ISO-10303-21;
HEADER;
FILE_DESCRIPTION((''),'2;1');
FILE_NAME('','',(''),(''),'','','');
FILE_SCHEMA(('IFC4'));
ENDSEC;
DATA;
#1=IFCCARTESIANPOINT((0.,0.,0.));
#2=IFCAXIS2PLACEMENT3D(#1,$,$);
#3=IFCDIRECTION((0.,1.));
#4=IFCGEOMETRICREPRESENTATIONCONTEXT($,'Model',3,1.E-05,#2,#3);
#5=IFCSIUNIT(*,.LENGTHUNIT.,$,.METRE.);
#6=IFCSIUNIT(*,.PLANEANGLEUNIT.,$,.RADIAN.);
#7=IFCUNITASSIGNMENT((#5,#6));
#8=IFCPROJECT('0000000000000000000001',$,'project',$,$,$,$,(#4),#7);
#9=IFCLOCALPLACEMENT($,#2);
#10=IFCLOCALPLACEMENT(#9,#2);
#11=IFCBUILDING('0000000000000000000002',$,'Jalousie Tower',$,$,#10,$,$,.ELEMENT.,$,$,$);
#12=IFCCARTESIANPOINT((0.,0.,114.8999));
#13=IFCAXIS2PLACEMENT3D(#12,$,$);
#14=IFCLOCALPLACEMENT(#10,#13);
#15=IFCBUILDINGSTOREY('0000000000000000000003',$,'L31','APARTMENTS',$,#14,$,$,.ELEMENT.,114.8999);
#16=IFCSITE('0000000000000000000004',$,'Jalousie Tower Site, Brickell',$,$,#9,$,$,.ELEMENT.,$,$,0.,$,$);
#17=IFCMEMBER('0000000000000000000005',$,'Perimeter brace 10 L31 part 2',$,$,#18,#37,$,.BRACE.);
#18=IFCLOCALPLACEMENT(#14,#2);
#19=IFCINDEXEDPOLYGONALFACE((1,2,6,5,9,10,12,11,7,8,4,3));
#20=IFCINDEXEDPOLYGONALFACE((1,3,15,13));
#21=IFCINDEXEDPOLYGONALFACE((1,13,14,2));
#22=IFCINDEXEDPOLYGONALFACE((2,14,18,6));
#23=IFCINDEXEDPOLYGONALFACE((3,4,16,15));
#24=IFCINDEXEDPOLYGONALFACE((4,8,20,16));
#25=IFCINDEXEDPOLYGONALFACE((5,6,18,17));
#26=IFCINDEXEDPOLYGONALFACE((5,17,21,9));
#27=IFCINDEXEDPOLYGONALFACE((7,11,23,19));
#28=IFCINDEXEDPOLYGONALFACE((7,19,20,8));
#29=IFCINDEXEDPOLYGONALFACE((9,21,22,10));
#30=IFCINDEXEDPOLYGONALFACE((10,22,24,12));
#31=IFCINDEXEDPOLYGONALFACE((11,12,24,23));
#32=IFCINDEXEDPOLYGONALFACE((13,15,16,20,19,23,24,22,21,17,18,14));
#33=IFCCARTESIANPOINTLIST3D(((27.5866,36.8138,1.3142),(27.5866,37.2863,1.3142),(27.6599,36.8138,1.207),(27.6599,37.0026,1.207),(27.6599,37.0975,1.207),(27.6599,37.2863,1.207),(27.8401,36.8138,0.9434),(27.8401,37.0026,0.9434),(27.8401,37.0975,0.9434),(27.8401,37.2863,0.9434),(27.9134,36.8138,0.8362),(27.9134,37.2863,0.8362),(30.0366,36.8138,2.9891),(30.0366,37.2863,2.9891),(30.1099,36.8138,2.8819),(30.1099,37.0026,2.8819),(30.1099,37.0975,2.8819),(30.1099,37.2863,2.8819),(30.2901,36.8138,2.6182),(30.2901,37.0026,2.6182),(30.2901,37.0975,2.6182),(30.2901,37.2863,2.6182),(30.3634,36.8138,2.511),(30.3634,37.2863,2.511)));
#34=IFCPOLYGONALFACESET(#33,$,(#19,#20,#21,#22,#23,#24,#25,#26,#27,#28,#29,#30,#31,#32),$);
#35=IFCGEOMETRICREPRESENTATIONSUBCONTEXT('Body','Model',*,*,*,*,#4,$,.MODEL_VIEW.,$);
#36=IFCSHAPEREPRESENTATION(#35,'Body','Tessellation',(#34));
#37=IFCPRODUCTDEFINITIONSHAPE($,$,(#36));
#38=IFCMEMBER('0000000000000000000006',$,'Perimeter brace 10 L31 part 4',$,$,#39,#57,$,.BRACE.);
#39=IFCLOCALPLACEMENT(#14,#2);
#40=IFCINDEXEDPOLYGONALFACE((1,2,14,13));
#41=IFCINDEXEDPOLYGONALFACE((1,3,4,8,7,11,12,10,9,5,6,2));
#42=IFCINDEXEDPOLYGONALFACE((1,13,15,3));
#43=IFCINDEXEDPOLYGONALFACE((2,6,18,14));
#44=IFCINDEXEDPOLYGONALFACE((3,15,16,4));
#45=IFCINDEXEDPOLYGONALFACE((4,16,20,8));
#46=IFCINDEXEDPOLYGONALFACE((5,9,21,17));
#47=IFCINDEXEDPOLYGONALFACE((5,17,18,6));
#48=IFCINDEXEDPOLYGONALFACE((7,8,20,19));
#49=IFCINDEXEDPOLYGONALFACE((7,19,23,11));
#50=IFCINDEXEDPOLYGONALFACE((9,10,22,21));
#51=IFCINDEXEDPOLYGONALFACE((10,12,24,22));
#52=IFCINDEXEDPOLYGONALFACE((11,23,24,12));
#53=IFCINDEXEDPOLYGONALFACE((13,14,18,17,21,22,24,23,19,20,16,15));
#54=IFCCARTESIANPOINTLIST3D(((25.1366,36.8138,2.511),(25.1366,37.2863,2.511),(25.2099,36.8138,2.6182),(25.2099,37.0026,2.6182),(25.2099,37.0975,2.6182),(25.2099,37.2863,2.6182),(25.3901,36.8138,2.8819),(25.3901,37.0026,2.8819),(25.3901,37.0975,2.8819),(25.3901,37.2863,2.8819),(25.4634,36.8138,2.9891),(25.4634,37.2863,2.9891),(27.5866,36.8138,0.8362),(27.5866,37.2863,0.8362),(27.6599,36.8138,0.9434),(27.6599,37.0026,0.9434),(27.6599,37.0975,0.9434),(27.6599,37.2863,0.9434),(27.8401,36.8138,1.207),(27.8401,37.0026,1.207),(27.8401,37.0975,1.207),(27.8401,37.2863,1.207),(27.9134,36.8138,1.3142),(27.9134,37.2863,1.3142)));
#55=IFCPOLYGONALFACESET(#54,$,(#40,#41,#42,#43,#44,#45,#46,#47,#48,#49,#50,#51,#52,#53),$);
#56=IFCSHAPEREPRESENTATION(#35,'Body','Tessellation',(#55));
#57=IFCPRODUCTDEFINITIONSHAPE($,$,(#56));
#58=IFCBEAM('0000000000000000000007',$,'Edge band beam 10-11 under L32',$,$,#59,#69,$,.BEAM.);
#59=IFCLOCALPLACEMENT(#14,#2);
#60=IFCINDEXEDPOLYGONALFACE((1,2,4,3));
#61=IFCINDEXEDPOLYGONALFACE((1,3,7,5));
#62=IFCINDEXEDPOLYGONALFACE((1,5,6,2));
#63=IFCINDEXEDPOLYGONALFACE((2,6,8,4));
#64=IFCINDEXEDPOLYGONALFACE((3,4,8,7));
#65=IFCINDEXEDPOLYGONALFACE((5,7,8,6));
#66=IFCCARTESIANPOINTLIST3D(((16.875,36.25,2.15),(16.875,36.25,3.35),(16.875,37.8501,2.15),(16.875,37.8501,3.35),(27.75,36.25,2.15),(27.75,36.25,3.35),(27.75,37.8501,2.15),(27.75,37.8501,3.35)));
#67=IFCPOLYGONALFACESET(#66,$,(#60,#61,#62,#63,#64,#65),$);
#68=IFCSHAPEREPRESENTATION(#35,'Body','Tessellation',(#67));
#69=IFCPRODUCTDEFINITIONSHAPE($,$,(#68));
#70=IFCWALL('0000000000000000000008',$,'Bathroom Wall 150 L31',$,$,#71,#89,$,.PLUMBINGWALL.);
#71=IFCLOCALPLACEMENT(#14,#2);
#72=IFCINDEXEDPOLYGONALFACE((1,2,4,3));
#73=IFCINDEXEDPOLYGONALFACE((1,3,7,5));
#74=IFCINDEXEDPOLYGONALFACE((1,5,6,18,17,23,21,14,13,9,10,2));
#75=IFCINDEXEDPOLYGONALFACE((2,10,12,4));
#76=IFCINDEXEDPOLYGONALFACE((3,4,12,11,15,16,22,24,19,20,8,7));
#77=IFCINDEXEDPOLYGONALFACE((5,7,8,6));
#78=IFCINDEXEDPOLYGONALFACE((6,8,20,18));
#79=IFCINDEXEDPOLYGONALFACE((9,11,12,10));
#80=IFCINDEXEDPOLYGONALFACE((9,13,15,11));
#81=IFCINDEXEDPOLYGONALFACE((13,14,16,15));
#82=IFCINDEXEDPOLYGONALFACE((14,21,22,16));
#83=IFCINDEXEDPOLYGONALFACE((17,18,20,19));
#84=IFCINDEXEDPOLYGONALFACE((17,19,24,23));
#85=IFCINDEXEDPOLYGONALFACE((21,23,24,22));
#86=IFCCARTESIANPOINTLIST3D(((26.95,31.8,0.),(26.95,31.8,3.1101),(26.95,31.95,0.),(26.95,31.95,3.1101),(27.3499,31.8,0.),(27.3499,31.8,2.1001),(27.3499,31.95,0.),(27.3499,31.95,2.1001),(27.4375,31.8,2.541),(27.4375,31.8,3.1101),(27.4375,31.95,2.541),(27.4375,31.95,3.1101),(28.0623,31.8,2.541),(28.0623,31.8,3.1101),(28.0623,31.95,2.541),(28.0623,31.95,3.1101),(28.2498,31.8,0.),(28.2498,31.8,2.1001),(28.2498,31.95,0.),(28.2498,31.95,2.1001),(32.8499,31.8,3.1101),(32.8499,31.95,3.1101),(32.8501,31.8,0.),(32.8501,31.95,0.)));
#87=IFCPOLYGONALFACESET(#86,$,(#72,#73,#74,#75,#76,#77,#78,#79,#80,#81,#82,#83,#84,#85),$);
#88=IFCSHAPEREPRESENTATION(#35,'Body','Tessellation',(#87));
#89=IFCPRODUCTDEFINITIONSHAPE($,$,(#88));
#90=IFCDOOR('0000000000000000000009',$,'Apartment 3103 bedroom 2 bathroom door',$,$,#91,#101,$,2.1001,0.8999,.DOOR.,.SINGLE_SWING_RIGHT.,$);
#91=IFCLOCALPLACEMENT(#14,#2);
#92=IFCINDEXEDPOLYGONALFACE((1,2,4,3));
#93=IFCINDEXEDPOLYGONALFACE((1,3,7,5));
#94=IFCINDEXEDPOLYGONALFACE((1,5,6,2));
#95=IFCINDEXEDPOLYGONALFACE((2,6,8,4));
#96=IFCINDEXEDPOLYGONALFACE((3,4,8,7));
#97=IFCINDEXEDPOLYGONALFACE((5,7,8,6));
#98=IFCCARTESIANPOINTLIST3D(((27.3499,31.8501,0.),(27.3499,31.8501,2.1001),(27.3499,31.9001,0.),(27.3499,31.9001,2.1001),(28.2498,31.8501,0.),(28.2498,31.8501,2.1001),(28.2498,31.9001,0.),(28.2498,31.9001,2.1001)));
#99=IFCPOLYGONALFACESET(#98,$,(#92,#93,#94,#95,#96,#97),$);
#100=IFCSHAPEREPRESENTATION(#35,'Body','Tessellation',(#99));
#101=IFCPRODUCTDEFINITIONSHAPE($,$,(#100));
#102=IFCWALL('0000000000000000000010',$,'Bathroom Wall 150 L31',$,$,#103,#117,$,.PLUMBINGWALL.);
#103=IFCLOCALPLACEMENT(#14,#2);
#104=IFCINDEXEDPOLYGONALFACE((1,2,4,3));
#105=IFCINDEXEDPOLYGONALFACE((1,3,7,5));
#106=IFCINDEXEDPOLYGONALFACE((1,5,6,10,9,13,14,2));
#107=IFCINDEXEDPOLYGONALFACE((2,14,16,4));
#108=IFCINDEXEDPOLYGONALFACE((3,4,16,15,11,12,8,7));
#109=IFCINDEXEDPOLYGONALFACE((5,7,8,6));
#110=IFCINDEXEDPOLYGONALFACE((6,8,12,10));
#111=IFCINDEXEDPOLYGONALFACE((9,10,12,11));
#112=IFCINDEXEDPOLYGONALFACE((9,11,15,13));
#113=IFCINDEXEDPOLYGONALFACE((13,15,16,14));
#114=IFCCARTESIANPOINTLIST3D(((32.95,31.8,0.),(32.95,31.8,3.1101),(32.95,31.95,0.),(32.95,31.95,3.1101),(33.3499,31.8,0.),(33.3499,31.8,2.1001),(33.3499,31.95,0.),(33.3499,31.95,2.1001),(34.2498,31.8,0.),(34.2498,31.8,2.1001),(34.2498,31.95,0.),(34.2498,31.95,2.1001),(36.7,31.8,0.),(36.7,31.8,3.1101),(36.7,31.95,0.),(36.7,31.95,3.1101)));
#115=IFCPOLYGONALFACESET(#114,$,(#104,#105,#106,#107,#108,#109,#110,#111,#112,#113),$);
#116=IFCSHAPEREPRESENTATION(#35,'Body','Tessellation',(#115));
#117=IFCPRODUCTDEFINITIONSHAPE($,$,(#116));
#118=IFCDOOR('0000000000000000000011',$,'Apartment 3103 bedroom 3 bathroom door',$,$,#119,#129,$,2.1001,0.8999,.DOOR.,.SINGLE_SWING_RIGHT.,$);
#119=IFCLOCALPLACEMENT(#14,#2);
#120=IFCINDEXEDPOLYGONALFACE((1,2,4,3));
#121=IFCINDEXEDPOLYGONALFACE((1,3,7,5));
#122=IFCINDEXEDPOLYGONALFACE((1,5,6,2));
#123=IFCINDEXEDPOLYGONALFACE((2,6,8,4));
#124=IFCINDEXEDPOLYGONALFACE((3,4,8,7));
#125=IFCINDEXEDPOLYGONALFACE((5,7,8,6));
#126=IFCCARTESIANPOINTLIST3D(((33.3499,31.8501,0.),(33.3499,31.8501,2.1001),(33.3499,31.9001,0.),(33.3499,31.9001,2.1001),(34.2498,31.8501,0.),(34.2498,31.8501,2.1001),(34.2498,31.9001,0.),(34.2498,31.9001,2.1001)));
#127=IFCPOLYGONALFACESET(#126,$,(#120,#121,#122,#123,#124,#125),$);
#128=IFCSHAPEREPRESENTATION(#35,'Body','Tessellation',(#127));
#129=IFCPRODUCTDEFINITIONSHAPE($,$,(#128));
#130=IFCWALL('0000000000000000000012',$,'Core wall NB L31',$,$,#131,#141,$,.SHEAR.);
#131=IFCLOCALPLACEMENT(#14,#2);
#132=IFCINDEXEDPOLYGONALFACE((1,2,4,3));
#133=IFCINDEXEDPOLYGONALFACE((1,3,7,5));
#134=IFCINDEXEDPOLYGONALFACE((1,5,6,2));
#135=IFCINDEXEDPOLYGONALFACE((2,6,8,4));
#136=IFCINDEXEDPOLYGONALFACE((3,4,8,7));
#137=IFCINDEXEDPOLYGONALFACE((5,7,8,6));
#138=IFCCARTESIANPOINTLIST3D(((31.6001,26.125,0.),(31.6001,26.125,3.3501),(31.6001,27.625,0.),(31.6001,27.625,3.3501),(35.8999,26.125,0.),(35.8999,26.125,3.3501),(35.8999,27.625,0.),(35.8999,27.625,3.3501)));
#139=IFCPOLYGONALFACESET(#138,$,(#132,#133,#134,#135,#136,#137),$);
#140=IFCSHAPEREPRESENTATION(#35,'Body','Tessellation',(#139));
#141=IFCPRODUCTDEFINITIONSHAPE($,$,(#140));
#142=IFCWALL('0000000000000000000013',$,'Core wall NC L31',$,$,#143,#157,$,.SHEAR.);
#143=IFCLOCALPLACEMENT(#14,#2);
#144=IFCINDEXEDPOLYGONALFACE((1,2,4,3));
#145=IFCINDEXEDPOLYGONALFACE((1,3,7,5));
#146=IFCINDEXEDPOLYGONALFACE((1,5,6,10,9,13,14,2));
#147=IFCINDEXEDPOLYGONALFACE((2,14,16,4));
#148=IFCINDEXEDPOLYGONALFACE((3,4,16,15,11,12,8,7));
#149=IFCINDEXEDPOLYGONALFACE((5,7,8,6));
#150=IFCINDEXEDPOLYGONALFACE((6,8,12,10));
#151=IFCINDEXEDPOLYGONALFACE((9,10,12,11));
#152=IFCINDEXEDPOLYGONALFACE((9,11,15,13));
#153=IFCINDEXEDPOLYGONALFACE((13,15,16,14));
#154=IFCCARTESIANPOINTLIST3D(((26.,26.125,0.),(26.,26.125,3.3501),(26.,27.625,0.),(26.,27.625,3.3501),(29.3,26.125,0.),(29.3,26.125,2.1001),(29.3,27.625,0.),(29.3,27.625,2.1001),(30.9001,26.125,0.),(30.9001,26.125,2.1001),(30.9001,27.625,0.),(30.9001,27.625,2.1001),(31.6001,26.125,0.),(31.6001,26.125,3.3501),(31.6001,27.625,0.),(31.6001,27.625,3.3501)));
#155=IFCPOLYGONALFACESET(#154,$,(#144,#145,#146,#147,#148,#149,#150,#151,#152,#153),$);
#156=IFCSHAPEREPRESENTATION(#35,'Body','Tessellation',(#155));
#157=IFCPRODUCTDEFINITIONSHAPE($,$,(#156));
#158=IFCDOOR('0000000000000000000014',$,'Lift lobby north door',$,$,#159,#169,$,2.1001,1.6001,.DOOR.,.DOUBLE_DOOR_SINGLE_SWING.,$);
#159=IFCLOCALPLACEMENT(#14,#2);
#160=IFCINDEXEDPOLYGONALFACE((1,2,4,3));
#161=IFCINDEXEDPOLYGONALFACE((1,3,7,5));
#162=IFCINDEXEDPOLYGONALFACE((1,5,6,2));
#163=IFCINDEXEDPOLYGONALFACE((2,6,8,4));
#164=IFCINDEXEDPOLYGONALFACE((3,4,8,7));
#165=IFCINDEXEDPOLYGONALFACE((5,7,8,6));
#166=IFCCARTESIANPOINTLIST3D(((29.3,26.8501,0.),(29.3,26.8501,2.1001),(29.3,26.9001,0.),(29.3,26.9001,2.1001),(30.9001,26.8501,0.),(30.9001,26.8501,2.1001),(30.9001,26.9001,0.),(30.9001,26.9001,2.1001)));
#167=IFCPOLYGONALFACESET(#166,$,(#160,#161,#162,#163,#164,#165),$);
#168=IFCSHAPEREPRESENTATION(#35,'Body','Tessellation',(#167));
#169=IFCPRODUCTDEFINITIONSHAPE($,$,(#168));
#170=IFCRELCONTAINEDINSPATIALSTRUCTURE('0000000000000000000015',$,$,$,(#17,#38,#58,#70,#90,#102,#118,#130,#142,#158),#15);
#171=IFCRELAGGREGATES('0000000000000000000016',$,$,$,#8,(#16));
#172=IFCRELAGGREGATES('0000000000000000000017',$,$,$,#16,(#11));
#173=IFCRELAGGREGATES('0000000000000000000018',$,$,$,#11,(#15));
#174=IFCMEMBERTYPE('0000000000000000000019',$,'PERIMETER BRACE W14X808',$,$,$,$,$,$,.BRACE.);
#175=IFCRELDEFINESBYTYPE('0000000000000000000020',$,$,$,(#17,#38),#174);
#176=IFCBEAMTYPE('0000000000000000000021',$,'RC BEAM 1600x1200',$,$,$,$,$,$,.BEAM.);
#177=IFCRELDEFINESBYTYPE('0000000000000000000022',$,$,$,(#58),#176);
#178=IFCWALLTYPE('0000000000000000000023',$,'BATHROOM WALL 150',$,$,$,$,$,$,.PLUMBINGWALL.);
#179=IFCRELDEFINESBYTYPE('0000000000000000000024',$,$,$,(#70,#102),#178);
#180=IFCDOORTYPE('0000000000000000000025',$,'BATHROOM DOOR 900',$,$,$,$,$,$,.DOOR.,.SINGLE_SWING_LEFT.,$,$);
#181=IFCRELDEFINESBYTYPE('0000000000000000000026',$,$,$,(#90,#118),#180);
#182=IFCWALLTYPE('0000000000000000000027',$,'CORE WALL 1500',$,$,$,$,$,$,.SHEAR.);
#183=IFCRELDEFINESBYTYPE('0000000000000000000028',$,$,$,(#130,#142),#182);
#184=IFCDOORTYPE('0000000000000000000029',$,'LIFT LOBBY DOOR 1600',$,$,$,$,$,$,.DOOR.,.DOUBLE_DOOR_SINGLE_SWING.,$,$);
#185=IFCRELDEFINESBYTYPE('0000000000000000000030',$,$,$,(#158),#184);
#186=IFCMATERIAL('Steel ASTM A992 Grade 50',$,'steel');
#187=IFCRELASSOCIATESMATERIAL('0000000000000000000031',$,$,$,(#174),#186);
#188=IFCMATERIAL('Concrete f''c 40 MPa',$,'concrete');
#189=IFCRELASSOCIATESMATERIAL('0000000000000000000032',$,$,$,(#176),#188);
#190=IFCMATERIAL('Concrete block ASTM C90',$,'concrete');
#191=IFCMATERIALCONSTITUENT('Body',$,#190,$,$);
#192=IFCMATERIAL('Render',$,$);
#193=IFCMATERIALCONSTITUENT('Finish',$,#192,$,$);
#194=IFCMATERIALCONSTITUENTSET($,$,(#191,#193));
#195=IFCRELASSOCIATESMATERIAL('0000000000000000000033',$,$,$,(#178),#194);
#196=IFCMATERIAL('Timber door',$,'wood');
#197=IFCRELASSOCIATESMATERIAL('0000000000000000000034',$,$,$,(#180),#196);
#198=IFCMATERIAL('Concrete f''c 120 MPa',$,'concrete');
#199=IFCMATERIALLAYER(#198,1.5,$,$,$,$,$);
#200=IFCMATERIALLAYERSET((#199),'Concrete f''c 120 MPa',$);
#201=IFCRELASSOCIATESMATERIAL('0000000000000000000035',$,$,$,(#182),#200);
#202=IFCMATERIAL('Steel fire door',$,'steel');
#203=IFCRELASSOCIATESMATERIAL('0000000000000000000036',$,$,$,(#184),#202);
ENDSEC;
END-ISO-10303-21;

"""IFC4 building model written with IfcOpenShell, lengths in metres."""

from ifc_helpers import new_model, si_unit, direction, frame, frame_2d, origin, origin_2d, place, context, subcontext, project, spatial, polyline, rectangle, i_section, outline, extrude, material, layer, layer_set, constituent, constituent_set, material_profile, profile_set, type_object, element, fill, save


model = new_model("IFC4")

# Units and contexts
model_context = context("Model", 3, precision=1e-05, world=origin(), true_north=direction((0.0, 1.0)))
body_context = subcontext(model_context, "Body", "Model", "MODEL_VIEW")
ifc_project = project(units=[si_unit("LENGTHUNIT", "METRE"), si_unit("PLANEANGLEUNIT", "RADIAN")], contexts=[model_context])

# Site, building, storey
site_placement = place(None, origin())
site = spatial("IfcSite", under=ifc_project, at=site_placement, Name="Jalousie Tower Site, Brickell", CompositionType="ELEMENT", RefElevation=0.0)
building_placement = place(site_placement, origin())
building = spatial("IfcBuilding", under=site, at=building_placement, Name="Jalousie Tower", CompositionType="ELEMENT")
storey_placement = place(building_placement, frame((0.0, 0.0, 114.8999)))
storey = spatial("IfcBuildingStorey", under=building, at=storey_placement, Name="L31", Description="APARTMENTS", CompositionType="ELEMENT", Elevation=114.8999)

# Members
ifc_material_1 = material(Name="Steel ASTM A992 Grade 50", Category="steel")
ifc_material_profile_1 = material_profile(ifc_material_1, i_section(OverallWidth=0.4724, OverallDepth=0.5791, WebThickness=0.095, FlangeThickness=0.1299, at=origin_2d()), Name="W14X808")
ifc_profile_set_1 = profile_set([ifc_material_profile_1], Name="Steel ASTM A992 Grade 50")
member_type = type_object("IfcMemberType", Name="PERIMETER BRACE W14X808", PredefinedType="BRACE", material=ifc_profile_set_1)
for number, where, z_axis, x_axis, name in (
    (1, (27.75, 37.05, 1.0752), (0.825539, 0.0, 0.564345), (0.0, 1.0, 0.0), "Perimeter brace 10 L31 part 2"),
    (2, (27.75, 37.05, 1.0752), (-0.825539, 0.0, 0.564345), (0.0, -1.0, 0.0), "Perimeter brace 10 L31 part 4"),
):
    element("IfcMember", number, at=place(storey_placement, frame(where, z_axis=z_axis, x_axis=x_axis)), inside=storey, type_object=member_type, Name=name, PredefinedType="BRACE", context=body_context, shape_type="SweptSolid", body=[
        extrude(i_section(OverallWidth=0.4724, OverallDepth=0.5791, WebThickness=0.095, FlangeThickness=0.1299, at=origin_2d()), origin(), (0.0, 0.0, 1.0), 2.9678),
    ])

# Beam
ifc_material_2 = material(Name="Concrete f'c 40 MPa", Category="concrete")
ifc_material_profile_2 = material_profile(ifc_material_2, rectangle(XDim=1.6001, YDim=1.2, at=origin_2d()), Name="RC 1600x1200")
ifc_profile_set_2 = profile_set([ifc_material_profile_2], Name="Concrete f'c 40 MPa")
beam_type = type_object("IfcBeamType", Name="RC BEAM 1600x1200", PredefinedType="BEAM", material=ifc_profile_set_2)
beam_placement = place(storey_placement, frame((27.75, 37.05, 2.75), z_axis=(-1.0, 0.0, 0.0), x_axis=(0.0, -1.0, 0.0)))
element("IfcBeam", 3, at=beam_placement, inside=storey, type_object=beam_type, Name="Edge band beam 10-11 under L32", PredefinedType="BEAM", context=body_context, shape_type="SweptSolid", body=[
    extrude(rectangle(XDim=1.6001, YDim=1.2, at=origin_2d()), origin(), (0.0, 0.0, 1.0), 10.875),
])

# Walls, openings, doors
ifc_material_3 = material(Name="Concrete block ASTM C90", Category="concrete")
ifc_constituent_1 = constituent(ifc_material_3, Name="Body")
ifc_material_4 = material(Name="Render")
ifc_constituent_2 = constituent(ifc_material_4, Name="Finish")
ifc_constituent_set_1 = constituent_set(constituents=[ifc_constituent_1, ifc_constituent_2])
wall_type_1 = type_object("IfcWallType", Name="BATHROOM WALL 150", PredefinedType="PLUMBINGWALL", material=ifc_constituent_set_1)
wall_1_placement = place(storey_placement, frame((26.95, 31.875, 0.0), z_axis=(0.0, 0.0, 1.0), x_axis=(1.0, 0.0, 0.0)))
wall_1 = element("IfcWall", 4, at=wall_1_placement, inside=storey, type_object=wall_type_1, Name="Bathroom Wall 150 L31", PredefinedType="PLUMBINGWALL", context=body_context, shape_type="SweptSolid", body=[
    extrude(outline(polyline([(0.0, 0.0), (5.9001, 0.0), (5.8999, 3.1101), (1.1123, 3.1101), (1.1123, 2.541), (0.4875, 2.541), (0.4875, 3.1101), (0.0, 3.1101), (0.0, 0.0)])), frame((0.0, 0.075, 0.0), z_axis=(0.0, -1.0, 0.0), x_axis=(1.0, 0.0, 0.0)), (0.0, 0.0, 1.0), 0.1499),
])
opening_1_placement = place(wall_1_placement, frame((0.3999, 0.0, 0.0)))
opening_1 = element("IfcOpeningElement", 5, at=opening_1_placement, cuts=wall_1, PredefinedType="OPENING", context=body_context, shape_type="SweptSolid", body=[
    extrude(rectangle(XDim=0.8999, YDim=2.1001, at=frame_2d((0.45, 1.05))), frame((0.0, 0.085, 0.0), z_axis=(0.0, -1.0, 0.0), x_axis=(1.0, 0.0, 0.0)), (0.0, 0.0, 1.0), 0.1699),
])
ifc_material_5 = material(Name="Timber door", Category="wood")
door_type_1 = type_object("IfcDoorType", Name="BATHROOM DOOR 900", OperationType="SINGLE_SWING_LEFT", PredefinedType="DOOR", material=ifc_material_5)
door_1_placement = place(opening_1_placement, frame((0.8999, 0.0, 0.0), z_axis=(0.0, 0.0, 1.0), x_axis=(-1.0, 0.0, 0.0)))
door_1 = element("IfcDoor", 6, at=door_1_placement, inside=storey, type_object=door_type_1, Name="Apartment 3103 bedroom 2 bathroom door", OperationType="SINGLE_SWING_RIGHT", OverallHeight=2.1001, OverallWidth=0.8999, PredefinedType="DOOR", context=body_context, shape_type="SweptSolid", body=[
    extrude(rectangle(XDim=0.8999, YDim=2.1001, at=frame_2d((0.45, 1.05))), frame((0.0, 0.0249, 0.0), z_axis=(0.0, -1.0, 0.0), x_axis=(1.0, 0.0, 0.0)), (0.0, 0.0, 1.0), 0.05),
])
fill(opening_1, door_1)
wall_2_placement = place(storey_placement, frame((32.95, 31.875, 0.0), z_axis=(0.0, 0.0, 1.0), x_axis=(1.0, 0.0, 0.0)))
wall_2 = element("IfcWall", 7, at=wall_2_placement, inside=storey, type_object=wall_type_1, Name="Bathroom Wall 150 L31", PredefinedType="PLUMBINGWALL", context=body_context, shape_type="SweptSolid", body=[
    extrude(rectangle(XDim=3.75, YDim=0.1499, at=frame_2d((1.875, 0.0))), origin(), (0.0, 0.0, 1.0), 3.1101),
])
opening_2_placement = place(wall_2_placement, frame((0.3999, 0.0, 0.0)))
opening_2 = element("IfcOpeningElement", 8, at=opening_2_placement, cuts=wall_2, PredefinedType="OPENING", context=body_context, shape_type="SweptSolid", body=[
    extrude(rectangle(XDim=0.8999, YDim=2.1001, at=frame_2d((0.45, 1.05))), frame((0.0, 0.085, 0.0), z_axis=(0.0, -1.0, 0.0), x_axis=(1.0, 0.0, 0.0)), (0.0, 0.0, 1.0), 0.1699),
])
door_2_placement = place(opening_2_placement, frame((0.8999, 0.0, 0.0), z_axis=(0.0, 0.0, 1.0), x_axis=(-1.0, 0.0, 0.0)))
door_2 = element("IfcDoor", 9, at=door_2_placement, inside=storey, type_object=door_type_1, Name="Apartment 3103 bedroom 3 bathroom door", OperationType="SINGLE_SWING_RIGHT", OverallHeight=2.1001, OverallWidth=0.8999, PredefinedType="DOOR", context=body_context, shape_type="SweptSolid", body=[
    extrude(rectangle(XDim=0.8999, YDim=2.1001, at=frame_2d((0.45, 1.05))), frame((0.0, 0.0249, 0.0), z_axis=(0.0, -1.0, 0.0), x_axis=(1.0, 0.0, 0.0)), (0.0, 0.0, 1.0), 0.05),
])
fill(opening_2, door_2)

# Wall
ifc_material_6 = material(Name="Concrete f'c 120 MPa", Category="concrete")
ifc_layer_1 = layer(ifc_material_6, 1.5)
ifc_layer_set_1 = layer_set([ifc_layer_1], Name="Concrete f'c 120 MPa")
wall_type_2 = type_object("IfcWallType", Name="CORE WALL 1500", PredefinedType="SHEAR", material=ifc_layer_set_1)
wall_3_placement = place(storey_placement, frame((35.8999, 26.875, 0.0), z_axis=(0.0, 0.0, 1.0), x_axis=(-1.0, 0.0, 0.0)))
element("IfcWall", 10, at=wall_3_placement, inside=storey, type_object=wall_type_2, Name="Core wall NB L31", PredefinedType="SHEAR", context=body_context, shape_type="SweptSolid", body=[
    extrude(rectangle(XDim=4.2998, YDim=1.5, at=frame_2d((2.1499, 0.0))), origin(), (0.0, 0.0, 1.0), 3.3501),
])

# Wall, opening, door
wall_4_placement = place(storey_placement, frame((31.6001, 26.875, 0.0), z_axis=(0.0, 0.0, 1.0), x_axis=(-1.0, 0.0, 0.0)))
wall_4 = element("IfcWall", 11, at=wall_4_placement, inside=storey, type_object=wall_type_2, Name="Core wall NC L31", PredefinedType="SHEAR", context=body_context, shape_type="SweptSolid", body=[
    extrude(rectangle(XDim=5.6001, YDim=1.5, at=frame_2d((2.8, 0.0))), origin(), (0.0, 0.0, 1.0), 3.3501),
])
opening_3_placement = place(wall_4_placement, frame((0.7, 0.0, 0.0)))
opening_3 = element("IfcOpeningElement", 12, at=opening_3_placement, cuts=wall_4, PredefinedType="OPENING", context=body_context, shape_type="SweptSolid", body=[
    extrude(rectangle(XDim=1.6001, YDim=2.1001, at=frame_2d((0.8, 1.05))), frame((0.0, 0.76, 0.0), z_axis=(0.0, -1.0, 0.0), x_axis=(1.0, 0.0, 0.0)), (0.0, 0.0, 1.0), 1.52),
])
ifc_material_7 = material(Name="Steel fire door", Category="steel")
door_type_2 = type_object("IfcDoorType", Name="LIFT LOBBY DOOR 1600", OperationType="DOUBLE_DOOR_SINGLE_SWING", PredefinedType="DOOR", material=ifc_material_7)
door_3_placement = place(opening_3_placement, origin())
door_3 = element("IfcDoor", 13, at=door_3_placement, inside=storey, type_object=door_type_2, Name="Lift lobby north door", OperationType="DOUBLE_DOOR_SINGLE_SWING", OverallHeight=2.1001, OverallWidth=1.6001, PredefinedType="DOOR", context=body_context, shape_type="SweptSolid", body=[
    extrude(rectangle(XDim=1.6001, YDim=2.1001, at=frame_2d((0.8, 1.05))), frame((0.0, 0.0249, 0.0), z_axis=(0.0, -1.0, 0.0), x_axis=(1.0, 0.0, 0.0)), (0.0, 0.0, 1.0), 0.05),
])
fill(opening_3, door_3)

save(model, "model.ifc")
